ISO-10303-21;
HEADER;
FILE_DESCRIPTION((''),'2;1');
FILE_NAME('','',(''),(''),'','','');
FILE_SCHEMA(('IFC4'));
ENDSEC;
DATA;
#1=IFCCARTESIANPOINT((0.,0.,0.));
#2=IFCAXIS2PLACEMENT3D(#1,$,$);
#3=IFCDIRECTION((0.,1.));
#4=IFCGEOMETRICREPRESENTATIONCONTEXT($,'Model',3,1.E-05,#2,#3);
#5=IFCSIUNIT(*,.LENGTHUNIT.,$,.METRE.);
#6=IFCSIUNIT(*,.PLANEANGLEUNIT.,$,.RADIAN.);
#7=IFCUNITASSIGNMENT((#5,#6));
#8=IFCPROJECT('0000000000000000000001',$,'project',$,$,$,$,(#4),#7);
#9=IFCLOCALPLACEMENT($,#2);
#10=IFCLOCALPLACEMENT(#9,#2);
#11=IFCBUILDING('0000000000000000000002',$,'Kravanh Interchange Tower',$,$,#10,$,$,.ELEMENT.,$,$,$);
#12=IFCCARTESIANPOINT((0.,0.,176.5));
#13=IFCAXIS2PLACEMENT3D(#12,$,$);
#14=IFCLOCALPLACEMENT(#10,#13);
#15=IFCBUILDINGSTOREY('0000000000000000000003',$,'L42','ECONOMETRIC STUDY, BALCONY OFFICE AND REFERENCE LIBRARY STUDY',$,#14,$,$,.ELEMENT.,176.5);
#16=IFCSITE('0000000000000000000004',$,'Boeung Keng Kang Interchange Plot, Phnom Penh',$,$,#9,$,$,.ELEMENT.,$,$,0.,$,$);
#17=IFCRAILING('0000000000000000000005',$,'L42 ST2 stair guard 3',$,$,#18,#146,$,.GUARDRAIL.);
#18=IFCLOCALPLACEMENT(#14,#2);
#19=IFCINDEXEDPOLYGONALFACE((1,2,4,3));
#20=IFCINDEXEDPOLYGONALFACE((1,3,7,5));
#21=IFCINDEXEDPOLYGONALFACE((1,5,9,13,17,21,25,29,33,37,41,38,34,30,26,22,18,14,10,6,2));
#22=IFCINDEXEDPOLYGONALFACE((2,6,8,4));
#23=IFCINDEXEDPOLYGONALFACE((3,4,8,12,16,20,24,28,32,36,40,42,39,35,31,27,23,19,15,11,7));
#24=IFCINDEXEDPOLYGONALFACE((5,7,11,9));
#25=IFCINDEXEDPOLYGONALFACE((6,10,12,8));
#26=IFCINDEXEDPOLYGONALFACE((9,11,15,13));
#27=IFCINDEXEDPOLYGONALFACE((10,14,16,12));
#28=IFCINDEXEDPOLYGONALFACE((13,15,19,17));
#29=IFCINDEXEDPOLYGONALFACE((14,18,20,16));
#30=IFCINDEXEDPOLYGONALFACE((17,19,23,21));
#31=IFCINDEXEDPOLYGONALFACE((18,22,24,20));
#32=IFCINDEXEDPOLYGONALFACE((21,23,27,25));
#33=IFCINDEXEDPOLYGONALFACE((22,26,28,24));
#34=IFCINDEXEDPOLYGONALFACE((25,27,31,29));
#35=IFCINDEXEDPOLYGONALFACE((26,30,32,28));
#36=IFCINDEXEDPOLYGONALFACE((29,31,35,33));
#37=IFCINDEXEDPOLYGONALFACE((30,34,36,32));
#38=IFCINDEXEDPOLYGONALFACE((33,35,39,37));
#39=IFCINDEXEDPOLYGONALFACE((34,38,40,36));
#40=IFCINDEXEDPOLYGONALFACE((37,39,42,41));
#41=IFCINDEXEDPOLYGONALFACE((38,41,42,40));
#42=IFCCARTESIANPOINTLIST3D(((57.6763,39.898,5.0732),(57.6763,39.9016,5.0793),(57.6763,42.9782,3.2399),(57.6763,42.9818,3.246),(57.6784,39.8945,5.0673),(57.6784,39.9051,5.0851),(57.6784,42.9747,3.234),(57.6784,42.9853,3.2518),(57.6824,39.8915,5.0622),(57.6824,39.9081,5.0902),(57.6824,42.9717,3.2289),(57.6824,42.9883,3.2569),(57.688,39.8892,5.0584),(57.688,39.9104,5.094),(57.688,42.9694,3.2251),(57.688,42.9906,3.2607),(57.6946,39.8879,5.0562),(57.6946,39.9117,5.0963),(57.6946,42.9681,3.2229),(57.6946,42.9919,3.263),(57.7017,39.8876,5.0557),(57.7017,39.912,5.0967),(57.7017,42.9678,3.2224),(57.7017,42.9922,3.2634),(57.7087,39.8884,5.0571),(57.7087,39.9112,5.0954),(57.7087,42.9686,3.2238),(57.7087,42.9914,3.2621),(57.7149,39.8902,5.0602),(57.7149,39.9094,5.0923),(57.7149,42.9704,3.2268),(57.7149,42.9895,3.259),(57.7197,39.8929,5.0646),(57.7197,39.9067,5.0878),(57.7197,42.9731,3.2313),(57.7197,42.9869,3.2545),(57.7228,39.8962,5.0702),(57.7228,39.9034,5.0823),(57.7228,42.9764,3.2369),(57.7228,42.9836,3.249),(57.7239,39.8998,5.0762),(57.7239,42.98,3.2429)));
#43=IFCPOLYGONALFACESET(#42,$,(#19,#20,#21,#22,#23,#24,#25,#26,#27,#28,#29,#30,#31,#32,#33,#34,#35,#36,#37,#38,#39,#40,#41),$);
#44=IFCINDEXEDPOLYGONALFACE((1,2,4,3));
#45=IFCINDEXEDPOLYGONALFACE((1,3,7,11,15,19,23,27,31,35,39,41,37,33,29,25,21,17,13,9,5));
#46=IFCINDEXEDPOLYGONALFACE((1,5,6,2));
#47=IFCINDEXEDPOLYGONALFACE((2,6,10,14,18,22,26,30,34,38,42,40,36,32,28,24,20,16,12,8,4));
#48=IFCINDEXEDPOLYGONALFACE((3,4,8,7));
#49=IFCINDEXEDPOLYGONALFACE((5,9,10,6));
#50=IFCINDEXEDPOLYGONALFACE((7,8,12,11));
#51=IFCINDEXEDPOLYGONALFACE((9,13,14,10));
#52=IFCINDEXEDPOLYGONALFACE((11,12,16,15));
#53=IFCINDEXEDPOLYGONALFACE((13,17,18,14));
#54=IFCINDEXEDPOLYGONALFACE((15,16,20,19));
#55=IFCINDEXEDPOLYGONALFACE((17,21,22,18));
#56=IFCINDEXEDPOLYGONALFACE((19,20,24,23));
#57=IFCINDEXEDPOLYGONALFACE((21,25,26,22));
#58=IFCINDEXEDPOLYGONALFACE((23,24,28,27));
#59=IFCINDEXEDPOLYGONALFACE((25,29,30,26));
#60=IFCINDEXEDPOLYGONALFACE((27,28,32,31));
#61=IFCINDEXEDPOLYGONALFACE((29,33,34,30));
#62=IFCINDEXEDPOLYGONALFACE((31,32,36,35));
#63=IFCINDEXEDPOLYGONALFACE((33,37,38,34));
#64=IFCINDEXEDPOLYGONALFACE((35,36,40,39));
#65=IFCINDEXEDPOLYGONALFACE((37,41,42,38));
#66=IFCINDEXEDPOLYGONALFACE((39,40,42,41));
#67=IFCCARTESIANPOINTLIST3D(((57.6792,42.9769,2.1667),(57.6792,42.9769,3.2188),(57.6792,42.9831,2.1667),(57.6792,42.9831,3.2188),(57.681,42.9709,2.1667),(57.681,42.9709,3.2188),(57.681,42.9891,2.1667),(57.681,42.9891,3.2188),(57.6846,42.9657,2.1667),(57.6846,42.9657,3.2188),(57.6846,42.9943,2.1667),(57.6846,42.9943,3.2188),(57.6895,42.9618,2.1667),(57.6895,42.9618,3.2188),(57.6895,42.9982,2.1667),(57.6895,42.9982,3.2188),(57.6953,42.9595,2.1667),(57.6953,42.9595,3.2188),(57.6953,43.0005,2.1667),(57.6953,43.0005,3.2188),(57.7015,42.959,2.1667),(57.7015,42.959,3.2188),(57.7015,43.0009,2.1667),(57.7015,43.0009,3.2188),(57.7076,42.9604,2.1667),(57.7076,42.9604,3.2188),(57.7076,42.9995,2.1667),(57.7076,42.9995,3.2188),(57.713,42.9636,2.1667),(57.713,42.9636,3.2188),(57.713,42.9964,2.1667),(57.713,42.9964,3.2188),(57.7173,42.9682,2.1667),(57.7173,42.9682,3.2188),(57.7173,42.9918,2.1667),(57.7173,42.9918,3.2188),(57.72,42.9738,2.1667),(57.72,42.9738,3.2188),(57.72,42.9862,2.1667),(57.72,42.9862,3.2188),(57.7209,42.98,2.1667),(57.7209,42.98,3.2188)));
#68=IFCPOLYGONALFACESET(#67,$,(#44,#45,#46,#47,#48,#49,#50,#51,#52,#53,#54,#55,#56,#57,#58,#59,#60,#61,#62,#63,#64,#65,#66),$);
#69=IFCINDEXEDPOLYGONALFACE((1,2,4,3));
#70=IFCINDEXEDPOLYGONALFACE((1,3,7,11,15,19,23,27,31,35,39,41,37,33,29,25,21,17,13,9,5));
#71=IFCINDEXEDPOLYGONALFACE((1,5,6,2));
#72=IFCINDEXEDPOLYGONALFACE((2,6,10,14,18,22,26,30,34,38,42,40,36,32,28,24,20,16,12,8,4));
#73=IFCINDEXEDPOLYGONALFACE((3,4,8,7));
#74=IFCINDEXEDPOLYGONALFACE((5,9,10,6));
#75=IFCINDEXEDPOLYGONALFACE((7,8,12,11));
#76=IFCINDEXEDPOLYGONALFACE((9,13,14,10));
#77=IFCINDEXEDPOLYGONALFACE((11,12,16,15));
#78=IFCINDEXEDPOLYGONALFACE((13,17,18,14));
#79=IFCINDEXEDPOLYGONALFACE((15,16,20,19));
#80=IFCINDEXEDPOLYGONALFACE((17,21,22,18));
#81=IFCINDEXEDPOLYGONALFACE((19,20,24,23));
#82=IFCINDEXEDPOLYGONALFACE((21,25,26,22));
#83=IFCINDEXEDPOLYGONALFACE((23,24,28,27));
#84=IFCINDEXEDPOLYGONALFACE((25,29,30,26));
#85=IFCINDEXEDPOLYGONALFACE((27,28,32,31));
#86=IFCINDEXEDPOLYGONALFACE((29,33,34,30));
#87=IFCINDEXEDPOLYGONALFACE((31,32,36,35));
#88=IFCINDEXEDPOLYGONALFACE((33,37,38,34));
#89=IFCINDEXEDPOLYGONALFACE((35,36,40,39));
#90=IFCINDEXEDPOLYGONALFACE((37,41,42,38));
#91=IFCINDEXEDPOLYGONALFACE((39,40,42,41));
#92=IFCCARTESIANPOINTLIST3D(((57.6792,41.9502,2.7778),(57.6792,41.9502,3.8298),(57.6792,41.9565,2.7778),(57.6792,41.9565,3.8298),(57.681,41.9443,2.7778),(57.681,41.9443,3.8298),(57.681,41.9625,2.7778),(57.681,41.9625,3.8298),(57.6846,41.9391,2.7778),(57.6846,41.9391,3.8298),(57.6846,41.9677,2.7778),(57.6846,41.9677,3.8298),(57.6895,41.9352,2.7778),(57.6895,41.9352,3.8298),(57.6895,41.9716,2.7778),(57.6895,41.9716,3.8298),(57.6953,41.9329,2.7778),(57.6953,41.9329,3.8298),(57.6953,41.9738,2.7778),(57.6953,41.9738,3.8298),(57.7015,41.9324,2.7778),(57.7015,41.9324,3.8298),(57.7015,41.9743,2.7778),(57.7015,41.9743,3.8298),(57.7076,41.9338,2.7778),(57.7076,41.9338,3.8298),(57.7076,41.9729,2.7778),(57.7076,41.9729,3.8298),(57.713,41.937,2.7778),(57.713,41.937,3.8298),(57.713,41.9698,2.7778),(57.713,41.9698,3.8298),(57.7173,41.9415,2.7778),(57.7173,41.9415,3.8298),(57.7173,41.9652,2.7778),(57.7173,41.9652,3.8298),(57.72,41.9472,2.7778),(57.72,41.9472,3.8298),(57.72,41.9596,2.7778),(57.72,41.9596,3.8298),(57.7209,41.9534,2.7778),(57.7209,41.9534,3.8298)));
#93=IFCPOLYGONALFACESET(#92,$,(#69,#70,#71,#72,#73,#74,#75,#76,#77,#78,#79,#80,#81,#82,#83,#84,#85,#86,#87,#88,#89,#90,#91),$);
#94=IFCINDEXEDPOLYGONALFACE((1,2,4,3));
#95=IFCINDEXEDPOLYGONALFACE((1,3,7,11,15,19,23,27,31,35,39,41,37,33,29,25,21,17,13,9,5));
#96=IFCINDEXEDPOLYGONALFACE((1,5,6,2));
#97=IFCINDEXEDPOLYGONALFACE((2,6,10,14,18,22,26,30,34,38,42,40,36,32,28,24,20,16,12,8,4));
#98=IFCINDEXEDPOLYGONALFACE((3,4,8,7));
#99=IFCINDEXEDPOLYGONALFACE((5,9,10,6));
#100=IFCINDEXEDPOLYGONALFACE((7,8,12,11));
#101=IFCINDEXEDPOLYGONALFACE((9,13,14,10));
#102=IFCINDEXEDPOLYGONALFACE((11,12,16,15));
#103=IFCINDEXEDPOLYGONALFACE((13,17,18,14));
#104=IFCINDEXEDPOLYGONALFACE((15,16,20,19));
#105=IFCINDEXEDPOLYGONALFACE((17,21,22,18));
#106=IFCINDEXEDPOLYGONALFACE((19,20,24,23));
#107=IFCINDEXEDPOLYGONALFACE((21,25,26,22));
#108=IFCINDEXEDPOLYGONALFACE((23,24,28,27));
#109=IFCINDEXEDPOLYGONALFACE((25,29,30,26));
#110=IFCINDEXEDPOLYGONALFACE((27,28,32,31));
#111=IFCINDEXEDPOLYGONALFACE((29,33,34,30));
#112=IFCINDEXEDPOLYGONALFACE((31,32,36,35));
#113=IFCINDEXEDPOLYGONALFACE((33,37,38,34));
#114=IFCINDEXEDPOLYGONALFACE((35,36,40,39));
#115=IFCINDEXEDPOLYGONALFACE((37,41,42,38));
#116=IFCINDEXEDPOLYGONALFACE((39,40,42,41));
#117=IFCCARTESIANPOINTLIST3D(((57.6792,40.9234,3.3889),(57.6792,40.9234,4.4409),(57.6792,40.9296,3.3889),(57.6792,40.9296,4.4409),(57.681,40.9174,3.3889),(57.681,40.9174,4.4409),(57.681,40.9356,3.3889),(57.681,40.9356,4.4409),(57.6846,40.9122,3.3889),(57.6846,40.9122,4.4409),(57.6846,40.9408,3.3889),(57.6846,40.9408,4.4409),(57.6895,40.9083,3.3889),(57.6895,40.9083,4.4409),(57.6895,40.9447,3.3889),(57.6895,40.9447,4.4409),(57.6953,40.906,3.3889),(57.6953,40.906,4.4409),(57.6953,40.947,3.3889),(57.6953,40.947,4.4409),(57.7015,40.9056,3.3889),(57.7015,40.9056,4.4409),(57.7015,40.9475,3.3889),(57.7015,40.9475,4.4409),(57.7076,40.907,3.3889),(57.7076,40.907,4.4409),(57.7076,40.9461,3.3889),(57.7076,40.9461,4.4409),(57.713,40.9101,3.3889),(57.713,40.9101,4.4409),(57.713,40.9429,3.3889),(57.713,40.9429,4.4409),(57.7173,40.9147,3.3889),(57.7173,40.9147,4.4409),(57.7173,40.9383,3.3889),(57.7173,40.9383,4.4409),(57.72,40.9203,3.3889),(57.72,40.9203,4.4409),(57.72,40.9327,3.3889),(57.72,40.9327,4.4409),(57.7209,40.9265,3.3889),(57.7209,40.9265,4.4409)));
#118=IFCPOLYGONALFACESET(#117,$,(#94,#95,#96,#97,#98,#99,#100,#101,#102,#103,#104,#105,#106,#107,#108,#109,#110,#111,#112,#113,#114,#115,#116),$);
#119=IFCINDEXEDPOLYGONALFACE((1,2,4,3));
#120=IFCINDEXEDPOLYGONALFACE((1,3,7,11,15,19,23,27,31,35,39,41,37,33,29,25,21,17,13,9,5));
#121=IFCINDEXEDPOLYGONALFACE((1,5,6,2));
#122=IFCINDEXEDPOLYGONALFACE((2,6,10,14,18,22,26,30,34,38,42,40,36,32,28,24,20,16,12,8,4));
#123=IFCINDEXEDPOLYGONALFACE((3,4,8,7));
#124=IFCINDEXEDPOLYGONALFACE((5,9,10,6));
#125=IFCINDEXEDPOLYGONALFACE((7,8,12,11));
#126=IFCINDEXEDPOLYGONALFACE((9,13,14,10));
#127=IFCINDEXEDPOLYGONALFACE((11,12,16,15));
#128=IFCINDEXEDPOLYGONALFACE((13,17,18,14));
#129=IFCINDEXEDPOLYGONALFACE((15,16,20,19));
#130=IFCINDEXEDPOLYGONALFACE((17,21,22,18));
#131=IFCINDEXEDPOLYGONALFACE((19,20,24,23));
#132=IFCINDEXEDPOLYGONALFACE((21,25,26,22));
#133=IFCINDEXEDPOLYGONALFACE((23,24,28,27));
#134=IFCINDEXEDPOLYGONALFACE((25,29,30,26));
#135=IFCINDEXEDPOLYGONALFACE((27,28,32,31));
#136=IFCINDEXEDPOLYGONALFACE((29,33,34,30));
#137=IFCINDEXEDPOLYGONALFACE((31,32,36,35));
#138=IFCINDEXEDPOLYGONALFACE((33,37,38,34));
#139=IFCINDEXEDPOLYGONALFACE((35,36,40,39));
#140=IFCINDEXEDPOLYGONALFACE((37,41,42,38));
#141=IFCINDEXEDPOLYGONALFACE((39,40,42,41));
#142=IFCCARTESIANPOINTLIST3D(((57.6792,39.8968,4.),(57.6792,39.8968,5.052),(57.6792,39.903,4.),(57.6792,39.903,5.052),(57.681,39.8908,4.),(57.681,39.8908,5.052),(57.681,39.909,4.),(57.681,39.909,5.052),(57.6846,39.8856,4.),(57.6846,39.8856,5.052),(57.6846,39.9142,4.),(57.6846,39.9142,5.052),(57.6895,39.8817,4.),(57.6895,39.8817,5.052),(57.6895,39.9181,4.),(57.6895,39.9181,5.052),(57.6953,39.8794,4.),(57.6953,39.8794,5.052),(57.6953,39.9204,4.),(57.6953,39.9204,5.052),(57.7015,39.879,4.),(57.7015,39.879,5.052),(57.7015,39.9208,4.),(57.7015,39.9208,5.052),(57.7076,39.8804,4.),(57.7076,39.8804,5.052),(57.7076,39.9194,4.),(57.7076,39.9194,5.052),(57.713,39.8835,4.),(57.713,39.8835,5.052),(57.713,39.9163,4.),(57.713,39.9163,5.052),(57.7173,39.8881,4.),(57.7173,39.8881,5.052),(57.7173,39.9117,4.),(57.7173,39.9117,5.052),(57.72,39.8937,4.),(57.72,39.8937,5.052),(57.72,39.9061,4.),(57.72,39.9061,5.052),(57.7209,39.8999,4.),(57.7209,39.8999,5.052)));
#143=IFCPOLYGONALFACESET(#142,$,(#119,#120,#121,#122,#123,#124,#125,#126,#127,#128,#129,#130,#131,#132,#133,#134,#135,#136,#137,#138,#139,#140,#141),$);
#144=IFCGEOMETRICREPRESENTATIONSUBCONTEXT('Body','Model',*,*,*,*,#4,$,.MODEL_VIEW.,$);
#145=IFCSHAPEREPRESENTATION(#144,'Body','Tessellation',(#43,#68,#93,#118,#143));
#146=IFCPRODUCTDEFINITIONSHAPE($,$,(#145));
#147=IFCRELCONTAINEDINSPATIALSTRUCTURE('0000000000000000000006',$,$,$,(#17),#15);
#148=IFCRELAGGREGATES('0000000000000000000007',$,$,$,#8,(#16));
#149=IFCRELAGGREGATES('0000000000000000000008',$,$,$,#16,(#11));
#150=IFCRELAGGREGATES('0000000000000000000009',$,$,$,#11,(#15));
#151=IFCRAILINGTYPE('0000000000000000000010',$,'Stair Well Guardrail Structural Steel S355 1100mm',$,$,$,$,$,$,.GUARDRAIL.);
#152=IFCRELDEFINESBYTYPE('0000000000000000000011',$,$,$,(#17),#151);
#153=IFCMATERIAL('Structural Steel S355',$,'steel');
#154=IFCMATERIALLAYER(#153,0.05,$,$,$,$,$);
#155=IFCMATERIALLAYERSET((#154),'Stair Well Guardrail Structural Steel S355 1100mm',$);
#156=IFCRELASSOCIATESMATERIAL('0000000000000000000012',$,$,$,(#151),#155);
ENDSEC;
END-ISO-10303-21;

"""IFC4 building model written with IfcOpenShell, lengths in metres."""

from ifc_helpers import new_model, si_unit, direction, frame, origin, origin_2d, place, context, subcontext, project, spatial, circle, extrude, material, layer, layer_set, type_object, element, save


model = new_model("IFC4")

# Units and contexts
model_context = context("Model", 3, precision=1e-05, world=origin(), true_north=direction((0.0, 1.0)))
body_context = subcontext(model_context, "Body", "Model", "MODEL_VIEW")
ifc_project = project(units=[si_unit("LENGTHUNIT", "METRE"), si_unit("PLANEANGLEUNIT", "RADIAN")], contexts=[model_context])

# Site, building, storey
site_placement = place(None, origin())
site = spatial("IfcSite", under=ifc_project, at=site_placement, Name="Boeung Keng Kang Interchange Plot, Phnom Penh", CompositionType="ELEMENT", RefElevation=0.0)
building_placement = place(site_placement, origin())
building = spatial("IfcBuilding", under=site, at=building_placement, Name="Kravanh Interchange Tower", CompositionType="ELEMENT")
storey_placement = place(building_placement, frame((0.0, 0.0, 176.5)))
storey = spatial("IfcBuildingStorey", under=building, at=storey_placement, Name="L42", Description="ECONOMETRIC STUDY, BALCONY OFFICE AND REFERENCE LIBRARY STUDY", CompositionType="ELEMENT", Elevation=176.5)

# Railing
ifc_material_1 = material(Name="Structural Steel S355", Category="steel")
ifc_layer_1 = layer(ifc_material_1, 0.05)
ifc_layer_set_1 = layer_set([ifc_layer_1], Name="Stair Well Guardrail Structural Steel S355 1100mm")
railing_type_1 = type_object("IfcRailingType", Name="Stair Well Guardrail Structural Steel S355 1100mm", PredefinedType="GUARDRAIL", material=ifc_layer_set_1)
railing_1_placement = place(storey_placement, frame((57.7, 42.98, 2.1667)))
element("IfcRailing", 1, at=railing_1_placement, inside=storey, type_object=railing_type_1, Name="L42 ST2 stair guard 3", PredefinedType="GUARDRAIL", context=body_context, shape_type="SweptSolid", body=[
    extrude(circle(Radius=0.0239, at=origin_2d()), frame((0.0, 0.0, 1.0762), z_axis=(0.0, -0.859309, 0.511458), x_axis=(1.0, 0.0, 0.0)), (0.0, 0.0, 1.0), 3.5845),
    extrude(circle(Radius=0.021, at=origin_2d()), origin(), (0.0, 0.0, 1.0), 1.052),
    extrude(circle(Radius=0.021, at=origin_2d()), frame((0.0, -1.0266, 0.6111)), (0.0, 0.0, 1.0), 1.052),
    extrude(circle(Radius=0.021, at=origin_2d()), frame((0.0, -2.0535, 1.2222)), (0.0, 0.0, 1.0), 1.052),
    extrude(circle(Radius=0.021, at=origin_2d()), frame((0.0, -3.0801, 1.8333)), (0.0, 0.0, 1.0), 1.052),
])

save(model, "model.ifc")
